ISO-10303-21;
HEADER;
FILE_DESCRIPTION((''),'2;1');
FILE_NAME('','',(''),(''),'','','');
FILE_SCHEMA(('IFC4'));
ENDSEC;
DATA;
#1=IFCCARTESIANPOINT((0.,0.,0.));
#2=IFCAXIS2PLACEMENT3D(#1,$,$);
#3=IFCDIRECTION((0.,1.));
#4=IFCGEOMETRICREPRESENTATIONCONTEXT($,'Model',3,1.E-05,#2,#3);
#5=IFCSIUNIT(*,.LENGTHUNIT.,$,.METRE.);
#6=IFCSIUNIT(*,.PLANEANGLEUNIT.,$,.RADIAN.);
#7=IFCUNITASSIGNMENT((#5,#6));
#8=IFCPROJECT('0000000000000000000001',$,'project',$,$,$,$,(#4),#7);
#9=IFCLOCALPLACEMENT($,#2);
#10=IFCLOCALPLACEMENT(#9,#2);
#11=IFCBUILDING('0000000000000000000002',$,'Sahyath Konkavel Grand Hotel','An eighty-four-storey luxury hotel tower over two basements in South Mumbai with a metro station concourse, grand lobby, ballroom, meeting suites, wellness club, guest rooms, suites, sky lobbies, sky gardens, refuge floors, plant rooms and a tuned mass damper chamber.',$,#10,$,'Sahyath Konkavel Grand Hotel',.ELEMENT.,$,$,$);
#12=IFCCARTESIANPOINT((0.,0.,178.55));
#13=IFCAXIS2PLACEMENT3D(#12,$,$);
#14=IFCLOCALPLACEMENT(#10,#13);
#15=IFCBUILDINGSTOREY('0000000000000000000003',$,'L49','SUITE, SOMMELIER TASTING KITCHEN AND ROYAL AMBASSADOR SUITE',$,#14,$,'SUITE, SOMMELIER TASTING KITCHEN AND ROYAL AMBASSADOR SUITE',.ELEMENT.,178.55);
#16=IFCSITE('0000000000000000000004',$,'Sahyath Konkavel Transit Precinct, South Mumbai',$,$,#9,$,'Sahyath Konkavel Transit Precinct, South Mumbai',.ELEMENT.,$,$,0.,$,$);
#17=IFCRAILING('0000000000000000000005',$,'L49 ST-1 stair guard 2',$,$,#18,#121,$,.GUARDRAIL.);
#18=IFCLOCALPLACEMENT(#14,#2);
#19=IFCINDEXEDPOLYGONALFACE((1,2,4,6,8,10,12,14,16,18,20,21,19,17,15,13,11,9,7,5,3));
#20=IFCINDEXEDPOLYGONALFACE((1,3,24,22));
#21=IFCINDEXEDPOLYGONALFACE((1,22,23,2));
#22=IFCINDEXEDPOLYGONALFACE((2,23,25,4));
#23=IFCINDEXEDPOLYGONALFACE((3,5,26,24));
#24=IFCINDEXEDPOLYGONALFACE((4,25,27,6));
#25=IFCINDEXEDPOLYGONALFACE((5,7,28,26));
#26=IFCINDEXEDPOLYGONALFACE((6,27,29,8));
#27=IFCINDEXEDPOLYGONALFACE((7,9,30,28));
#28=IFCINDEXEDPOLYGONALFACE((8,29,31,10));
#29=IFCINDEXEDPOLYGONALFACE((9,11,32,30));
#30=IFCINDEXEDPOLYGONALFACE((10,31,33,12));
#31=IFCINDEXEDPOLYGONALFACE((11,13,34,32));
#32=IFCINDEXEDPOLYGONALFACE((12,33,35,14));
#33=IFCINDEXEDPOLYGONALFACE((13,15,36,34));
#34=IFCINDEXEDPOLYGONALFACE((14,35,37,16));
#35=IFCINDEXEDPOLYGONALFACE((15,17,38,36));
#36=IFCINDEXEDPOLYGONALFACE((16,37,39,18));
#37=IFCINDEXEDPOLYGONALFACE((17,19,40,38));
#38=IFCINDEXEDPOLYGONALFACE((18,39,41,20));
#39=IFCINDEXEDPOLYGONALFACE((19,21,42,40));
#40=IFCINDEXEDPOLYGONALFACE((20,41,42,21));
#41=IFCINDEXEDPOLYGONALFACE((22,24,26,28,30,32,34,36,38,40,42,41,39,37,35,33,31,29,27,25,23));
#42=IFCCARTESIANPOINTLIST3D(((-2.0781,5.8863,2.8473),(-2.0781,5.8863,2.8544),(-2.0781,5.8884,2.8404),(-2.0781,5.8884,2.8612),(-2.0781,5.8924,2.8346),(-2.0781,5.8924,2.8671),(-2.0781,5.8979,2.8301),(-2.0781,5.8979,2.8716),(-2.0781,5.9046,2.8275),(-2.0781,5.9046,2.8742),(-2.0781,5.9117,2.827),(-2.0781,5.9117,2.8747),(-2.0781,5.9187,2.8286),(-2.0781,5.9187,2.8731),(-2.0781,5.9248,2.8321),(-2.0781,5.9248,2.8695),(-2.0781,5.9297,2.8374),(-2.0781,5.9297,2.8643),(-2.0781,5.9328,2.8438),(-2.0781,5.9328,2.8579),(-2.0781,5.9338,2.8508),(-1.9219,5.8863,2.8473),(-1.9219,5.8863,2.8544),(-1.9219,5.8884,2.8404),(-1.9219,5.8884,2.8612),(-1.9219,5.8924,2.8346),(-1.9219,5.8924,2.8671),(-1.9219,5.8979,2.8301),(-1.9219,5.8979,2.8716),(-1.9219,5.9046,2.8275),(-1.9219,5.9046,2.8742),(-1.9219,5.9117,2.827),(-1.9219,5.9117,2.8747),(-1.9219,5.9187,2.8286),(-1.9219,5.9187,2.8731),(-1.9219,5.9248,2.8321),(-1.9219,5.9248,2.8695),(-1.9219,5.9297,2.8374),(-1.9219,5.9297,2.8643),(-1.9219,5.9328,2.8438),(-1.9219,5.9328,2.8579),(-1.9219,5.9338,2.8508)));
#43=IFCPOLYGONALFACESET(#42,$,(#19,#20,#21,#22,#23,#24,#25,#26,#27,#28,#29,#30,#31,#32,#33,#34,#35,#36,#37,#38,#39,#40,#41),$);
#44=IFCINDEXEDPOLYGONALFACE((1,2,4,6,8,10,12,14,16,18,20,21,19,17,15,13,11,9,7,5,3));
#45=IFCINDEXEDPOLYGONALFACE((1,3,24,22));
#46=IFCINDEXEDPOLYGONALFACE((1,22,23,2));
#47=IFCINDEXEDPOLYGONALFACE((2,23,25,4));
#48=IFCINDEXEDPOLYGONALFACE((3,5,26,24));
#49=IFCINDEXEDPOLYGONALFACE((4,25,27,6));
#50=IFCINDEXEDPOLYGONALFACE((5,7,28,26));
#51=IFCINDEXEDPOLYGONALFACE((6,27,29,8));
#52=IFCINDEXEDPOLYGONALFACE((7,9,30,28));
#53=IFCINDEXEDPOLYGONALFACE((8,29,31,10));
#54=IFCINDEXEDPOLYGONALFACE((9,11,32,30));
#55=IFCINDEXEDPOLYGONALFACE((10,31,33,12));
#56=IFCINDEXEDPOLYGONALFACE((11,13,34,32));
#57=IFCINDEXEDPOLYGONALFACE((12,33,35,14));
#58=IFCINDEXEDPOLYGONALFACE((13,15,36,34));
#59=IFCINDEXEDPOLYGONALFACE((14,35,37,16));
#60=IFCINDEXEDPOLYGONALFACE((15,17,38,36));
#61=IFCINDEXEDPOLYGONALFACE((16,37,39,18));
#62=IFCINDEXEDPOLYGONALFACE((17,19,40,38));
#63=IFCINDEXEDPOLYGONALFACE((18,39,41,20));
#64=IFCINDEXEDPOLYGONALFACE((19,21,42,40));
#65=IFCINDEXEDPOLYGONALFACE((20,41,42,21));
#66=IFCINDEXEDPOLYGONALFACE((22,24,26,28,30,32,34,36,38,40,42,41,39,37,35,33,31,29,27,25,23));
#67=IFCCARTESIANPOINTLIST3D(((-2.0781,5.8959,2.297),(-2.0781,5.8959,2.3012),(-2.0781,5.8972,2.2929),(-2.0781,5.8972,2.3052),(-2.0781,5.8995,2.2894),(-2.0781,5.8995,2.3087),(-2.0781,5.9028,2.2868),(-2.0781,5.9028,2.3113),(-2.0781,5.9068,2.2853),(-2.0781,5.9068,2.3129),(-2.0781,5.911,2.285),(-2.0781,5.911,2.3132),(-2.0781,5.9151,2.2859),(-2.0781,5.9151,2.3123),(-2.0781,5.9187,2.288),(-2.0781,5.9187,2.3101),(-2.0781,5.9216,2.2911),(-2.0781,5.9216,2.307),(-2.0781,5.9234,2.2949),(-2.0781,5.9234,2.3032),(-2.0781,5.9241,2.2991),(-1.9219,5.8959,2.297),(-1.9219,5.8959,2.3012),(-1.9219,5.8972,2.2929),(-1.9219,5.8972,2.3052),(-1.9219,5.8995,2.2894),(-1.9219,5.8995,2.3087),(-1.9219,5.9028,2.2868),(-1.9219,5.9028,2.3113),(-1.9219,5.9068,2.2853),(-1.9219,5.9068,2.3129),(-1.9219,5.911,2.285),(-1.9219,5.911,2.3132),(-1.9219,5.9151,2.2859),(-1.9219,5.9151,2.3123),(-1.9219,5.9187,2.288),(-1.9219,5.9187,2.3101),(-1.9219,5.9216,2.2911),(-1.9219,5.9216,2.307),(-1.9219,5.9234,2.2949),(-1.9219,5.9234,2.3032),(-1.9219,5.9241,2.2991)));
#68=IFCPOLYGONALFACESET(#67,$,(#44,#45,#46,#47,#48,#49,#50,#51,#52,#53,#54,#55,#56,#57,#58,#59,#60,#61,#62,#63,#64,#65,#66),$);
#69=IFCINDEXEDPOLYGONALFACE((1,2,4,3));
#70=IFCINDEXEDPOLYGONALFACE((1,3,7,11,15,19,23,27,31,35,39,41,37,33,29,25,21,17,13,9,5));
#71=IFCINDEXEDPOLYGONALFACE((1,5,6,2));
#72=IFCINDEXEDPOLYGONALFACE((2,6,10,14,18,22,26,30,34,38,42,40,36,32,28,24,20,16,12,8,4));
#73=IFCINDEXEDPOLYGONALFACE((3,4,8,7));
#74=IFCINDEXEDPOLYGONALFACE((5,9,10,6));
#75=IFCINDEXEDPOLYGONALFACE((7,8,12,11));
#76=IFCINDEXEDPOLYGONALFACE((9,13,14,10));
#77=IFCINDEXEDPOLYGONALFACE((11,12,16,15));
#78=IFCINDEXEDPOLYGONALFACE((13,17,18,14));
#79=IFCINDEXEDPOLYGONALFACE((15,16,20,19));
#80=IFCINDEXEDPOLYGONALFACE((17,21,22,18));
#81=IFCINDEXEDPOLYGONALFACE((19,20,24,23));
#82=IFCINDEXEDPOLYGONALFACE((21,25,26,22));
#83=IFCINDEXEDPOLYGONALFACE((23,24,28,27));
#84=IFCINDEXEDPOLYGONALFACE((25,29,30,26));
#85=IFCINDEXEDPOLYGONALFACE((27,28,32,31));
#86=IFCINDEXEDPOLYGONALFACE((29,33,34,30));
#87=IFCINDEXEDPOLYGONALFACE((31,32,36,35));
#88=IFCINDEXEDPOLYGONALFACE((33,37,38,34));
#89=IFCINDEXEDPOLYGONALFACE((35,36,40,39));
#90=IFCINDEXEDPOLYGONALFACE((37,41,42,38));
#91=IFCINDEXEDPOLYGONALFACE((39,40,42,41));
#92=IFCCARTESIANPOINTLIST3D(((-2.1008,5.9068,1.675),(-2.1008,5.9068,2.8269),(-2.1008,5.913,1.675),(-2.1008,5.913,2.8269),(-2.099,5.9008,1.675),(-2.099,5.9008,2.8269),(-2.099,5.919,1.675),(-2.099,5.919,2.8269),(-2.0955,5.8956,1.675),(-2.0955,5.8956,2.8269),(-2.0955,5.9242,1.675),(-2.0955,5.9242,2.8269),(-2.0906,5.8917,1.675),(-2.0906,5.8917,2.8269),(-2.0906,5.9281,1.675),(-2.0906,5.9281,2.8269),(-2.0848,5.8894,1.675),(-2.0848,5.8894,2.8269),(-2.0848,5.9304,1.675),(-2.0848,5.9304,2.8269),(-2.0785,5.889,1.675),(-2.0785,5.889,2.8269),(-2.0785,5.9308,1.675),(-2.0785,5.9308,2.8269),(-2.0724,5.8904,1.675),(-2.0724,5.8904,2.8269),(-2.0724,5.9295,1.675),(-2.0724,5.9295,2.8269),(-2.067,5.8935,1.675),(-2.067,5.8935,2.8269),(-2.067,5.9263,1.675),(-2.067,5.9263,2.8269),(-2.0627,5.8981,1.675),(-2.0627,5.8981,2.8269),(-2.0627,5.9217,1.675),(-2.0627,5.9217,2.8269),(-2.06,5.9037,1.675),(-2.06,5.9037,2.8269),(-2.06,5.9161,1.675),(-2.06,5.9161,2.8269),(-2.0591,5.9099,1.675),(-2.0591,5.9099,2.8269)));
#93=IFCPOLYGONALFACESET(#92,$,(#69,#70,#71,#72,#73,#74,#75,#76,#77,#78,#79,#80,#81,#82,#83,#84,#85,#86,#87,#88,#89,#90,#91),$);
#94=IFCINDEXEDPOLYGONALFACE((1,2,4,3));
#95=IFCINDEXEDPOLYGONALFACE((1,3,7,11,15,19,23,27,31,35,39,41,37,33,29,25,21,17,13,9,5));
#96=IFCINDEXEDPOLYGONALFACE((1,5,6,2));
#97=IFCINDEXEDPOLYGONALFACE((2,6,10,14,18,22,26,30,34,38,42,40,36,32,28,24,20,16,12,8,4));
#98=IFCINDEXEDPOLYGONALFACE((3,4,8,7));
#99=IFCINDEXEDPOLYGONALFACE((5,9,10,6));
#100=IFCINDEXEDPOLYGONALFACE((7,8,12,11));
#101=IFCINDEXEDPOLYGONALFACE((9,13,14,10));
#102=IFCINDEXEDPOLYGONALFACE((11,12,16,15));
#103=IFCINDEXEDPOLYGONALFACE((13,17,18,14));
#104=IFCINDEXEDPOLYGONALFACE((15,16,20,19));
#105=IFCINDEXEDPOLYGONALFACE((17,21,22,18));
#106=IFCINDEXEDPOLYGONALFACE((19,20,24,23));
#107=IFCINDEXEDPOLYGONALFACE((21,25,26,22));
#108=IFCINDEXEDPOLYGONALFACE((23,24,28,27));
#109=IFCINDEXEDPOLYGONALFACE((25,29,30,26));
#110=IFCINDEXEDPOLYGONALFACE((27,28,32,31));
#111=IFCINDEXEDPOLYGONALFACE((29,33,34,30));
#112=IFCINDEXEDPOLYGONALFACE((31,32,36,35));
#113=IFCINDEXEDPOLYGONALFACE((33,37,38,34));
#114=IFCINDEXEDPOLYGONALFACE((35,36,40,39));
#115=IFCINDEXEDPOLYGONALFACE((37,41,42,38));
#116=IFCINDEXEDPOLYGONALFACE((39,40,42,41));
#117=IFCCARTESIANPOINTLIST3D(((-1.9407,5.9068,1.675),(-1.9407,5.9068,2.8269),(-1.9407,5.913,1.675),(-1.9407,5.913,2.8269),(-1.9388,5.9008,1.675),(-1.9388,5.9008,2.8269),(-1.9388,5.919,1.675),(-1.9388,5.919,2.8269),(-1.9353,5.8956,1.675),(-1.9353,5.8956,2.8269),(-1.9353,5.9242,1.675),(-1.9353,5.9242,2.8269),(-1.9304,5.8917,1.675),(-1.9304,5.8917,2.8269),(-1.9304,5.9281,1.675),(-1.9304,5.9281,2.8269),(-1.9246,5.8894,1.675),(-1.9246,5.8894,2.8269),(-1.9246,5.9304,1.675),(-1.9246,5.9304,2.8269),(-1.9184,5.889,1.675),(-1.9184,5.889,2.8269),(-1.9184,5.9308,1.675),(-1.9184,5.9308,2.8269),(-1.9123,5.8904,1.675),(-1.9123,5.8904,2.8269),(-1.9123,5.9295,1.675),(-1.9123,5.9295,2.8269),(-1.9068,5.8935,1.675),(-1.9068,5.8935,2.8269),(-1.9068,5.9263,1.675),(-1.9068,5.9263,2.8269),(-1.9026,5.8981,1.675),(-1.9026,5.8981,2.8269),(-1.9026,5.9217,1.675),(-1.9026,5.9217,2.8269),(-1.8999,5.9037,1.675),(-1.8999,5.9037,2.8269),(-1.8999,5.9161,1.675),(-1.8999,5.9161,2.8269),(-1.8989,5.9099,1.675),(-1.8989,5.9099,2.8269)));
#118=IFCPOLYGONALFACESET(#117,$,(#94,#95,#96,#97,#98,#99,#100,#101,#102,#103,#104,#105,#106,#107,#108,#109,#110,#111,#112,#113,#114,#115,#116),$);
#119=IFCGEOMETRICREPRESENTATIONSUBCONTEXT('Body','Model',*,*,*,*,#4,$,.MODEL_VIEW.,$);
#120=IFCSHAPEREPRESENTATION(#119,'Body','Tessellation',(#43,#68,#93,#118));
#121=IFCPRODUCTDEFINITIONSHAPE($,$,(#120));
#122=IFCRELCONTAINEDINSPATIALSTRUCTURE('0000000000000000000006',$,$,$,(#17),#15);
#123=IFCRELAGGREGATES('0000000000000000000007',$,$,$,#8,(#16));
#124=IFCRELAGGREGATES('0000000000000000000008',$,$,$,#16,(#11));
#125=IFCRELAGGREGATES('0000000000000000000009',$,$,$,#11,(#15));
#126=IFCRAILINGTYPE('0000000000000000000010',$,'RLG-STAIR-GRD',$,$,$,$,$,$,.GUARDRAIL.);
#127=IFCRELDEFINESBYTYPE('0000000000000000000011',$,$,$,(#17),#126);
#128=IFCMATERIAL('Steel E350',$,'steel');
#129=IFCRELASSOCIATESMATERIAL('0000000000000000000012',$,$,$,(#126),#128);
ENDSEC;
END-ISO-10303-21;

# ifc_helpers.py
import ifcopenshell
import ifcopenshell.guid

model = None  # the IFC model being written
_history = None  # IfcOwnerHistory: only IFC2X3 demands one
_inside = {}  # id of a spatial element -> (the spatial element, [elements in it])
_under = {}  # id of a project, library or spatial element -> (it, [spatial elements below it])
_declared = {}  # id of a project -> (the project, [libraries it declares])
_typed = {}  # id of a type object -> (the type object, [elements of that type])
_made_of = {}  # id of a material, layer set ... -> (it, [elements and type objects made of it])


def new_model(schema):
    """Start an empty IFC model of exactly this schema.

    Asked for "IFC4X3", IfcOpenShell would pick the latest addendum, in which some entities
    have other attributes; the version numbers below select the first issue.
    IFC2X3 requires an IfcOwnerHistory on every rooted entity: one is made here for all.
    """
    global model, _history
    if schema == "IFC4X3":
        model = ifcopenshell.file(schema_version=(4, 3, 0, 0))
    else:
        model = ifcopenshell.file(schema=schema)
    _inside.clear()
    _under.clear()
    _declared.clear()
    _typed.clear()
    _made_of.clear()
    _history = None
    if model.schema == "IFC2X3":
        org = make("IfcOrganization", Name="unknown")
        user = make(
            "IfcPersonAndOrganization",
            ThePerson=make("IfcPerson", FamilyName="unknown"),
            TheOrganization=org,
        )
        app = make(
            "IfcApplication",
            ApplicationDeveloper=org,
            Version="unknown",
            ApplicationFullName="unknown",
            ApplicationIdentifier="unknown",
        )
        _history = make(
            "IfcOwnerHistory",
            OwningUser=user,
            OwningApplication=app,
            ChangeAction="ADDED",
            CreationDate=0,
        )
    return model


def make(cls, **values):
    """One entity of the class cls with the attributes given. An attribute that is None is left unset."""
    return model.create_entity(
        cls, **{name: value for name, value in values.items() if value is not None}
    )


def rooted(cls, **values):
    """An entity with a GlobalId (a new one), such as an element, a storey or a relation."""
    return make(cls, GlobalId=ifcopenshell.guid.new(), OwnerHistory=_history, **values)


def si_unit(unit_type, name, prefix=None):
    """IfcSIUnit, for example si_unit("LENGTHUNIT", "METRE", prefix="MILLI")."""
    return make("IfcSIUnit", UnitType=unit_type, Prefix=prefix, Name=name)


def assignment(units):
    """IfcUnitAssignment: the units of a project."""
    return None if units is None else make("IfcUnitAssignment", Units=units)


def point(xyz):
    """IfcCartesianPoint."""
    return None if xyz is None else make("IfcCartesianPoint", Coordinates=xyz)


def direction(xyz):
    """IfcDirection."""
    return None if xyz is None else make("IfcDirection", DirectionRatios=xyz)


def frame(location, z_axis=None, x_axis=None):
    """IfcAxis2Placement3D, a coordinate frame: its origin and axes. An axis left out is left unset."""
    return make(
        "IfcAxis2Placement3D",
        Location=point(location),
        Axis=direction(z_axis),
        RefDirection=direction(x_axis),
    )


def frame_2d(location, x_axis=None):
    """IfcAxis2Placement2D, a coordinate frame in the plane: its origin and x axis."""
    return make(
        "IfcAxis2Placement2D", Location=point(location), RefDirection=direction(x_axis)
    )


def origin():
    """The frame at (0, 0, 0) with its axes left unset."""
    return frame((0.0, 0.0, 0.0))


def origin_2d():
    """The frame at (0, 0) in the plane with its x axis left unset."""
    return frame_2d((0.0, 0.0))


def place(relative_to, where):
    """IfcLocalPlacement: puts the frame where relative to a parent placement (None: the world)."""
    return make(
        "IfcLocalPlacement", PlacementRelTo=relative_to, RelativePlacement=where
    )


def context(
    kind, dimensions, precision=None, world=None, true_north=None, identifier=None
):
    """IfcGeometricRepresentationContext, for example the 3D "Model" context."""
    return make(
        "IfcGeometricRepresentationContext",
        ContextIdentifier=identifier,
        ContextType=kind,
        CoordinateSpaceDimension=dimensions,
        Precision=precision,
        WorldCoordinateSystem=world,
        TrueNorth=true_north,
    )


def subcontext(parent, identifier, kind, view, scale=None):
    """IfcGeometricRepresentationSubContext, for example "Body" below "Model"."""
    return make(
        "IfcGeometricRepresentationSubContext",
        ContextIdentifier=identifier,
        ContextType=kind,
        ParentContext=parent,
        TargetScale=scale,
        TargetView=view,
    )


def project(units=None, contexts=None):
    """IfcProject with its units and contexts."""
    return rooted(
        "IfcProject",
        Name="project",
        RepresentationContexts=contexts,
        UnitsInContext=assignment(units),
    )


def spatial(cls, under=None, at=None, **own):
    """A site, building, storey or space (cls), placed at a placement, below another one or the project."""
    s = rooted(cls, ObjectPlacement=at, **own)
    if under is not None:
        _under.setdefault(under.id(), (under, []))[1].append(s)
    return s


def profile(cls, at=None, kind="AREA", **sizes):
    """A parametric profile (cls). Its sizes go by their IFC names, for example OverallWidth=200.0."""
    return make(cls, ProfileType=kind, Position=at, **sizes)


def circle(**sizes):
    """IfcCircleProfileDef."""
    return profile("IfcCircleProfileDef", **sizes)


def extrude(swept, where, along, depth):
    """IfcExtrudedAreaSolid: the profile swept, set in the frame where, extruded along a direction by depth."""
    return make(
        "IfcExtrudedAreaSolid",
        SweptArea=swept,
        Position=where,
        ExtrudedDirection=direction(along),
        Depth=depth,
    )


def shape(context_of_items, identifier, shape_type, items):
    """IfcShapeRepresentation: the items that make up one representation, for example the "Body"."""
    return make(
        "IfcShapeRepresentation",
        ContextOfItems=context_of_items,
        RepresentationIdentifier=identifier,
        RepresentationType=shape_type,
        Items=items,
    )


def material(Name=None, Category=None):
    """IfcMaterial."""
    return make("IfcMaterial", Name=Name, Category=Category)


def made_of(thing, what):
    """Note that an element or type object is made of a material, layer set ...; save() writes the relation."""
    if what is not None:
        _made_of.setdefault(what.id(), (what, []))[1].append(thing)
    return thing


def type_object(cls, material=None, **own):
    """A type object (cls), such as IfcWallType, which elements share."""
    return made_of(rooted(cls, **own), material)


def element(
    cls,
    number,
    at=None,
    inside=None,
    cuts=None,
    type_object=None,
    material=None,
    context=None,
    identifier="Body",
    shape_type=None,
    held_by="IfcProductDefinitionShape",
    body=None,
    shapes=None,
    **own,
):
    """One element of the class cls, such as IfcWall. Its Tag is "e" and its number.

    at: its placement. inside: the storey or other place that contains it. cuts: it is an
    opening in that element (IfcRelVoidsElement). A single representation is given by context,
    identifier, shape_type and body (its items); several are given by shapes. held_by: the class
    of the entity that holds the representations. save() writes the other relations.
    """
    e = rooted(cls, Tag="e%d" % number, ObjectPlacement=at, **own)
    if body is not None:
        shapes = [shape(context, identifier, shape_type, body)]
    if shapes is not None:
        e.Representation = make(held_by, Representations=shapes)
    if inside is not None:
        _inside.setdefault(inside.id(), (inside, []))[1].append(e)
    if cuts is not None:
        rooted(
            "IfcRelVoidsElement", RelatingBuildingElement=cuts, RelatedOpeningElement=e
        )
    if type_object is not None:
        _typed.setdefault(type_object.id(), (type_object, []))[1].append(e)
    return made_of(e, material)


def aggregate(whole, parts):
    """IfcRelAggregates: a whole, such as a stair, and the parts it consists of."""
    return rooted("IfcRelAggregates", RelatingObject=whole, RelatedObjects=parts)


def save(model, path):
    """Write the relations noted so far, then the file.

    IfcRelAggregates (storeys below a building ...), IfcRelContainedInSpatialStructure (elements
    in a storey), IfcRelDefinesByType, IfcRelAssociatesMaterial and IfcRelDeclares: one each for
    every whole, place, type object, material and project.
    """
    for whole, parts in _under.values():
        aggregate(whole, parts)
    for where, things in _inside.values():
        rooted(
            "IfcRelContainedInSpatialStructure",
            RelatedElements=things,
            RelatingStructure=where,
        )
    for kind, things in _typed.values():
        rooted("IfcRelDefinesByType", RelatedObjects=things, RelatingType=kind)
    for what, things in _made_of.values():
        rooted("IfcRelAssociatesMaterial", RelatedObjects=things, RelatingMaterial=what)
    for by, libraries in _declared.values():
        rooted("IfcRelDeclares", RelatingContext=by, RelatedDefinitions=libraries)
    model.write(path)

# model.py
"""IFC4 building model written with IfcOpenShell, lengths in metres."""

from ifc_helpers import new_model, si_unit, direction, frame, origin, origin_2d, place, context, subcontext, project, spatial, circle, extrude, material, type_object, element, save


model = new_model("IFC4")

# Units and contexts
model_context = context("Model", 3, precision=1e-05, world=origin(), true_north=direction((0.0, 1.0)))
body_context = subcontext(model_context, "Body", "Model", "MODEL_VIEW")
ifc_project = project(units=[si_unit("LENGTHUNIT", "METRE"), si_unit("PLANEANGLEUNIT", "RADIAN")], contexts=[model_context])

# Site, building, storey
site_placement = place(None, origin())
site = spatial("IfcSite", under=ifc_project, at=site_placement, Name="Sahyath Konkavel Transit Precinct, South Mumbai", LongName="Sahyath Konkavel Transit Precinct, South Mumbai", CompositionType="ELEMENT", RefElevation=0.0)
building_placement = place(site_placement, origin())
building = spatial("IfcBuilding", under=site, at=building_placement, Name="Sahyath Konkavel Grand Hotel", Description="An eighty-four-storey luxury hotel tower over two basements in South Mumbai with a metro station concourse, grand lobby, ballroom, meeting suites, wellness club, guest rooms, suites, sky lobbies, sky gardens, refuge floors, plant rooms and a tuned mass damper chamber.", LongName="Sahyath Konkavel Grand Hotel", CompositionType="ELEMENT")
storey_placement = place(building_placement, frame((0.0, 0.0, 178.55)))
storey = spatial("IfcBuildingStorey", under=building, at=storey_placement, Name="L49", Description="SUITE, SOMMELIER TASTING KITCHEN AND ROYAL AMBASSADOR SUITE", LongName="SUITE, SOMMELIER TASTING KITCHEN AND ROYAL AMBASSADOR SUITE", CompositionType="ELEMENT", Elevation=178.55)

# Shared definitions
ifc_material_1 = material(Name="Steel E350", Category="steel")

# Railing
railing_type_1 = type_object("IfcRailingType", Name="RLG-STAIR-GRD", PredefinedType="GUARDRAIL", material=ifc_material_1)
railing_1_placement = place(storey_placement, frame((-2.0801, 5.9099, 1.675)))
element("IfcRailing", 1, at=railing_1_placement, inside=storey, type_object=railing_type_1, Name="L49 ST-1 stair guard 2", PredefinedType="GUARDRAIL", context=body_context, shape_type="SweptSolid", body=[
    extrude(circle(Radius=0.0239, at=origin_2d()), frame((0.002, 0.0, 1.1758), z_axis=(1.0, 0.0, 0.0), x_axis=(0.0, 1.0, 0.0)), (0.0, 0.0, 1.0), 0.1562),
    extrude(circle(Radius=0.0142, at=origin_2d()), frame((0.002, 0.0, 0.624), z_axis=(1.0, 0.0, 0.0), x_axis=(0.0, 1.0, 0.0)), (0.0, 0.0, 1.0), 0.1562),
    extrude(circle(Radius=0.021, at=origin_2d()), origin(), (0.0, 0.0, 1.0), 1.1519),
    extrude(circle(Radius=0.021, at=origin_2d()), frame((0.1602, 0.0, 0.0)), (0.0, 0.0, 1.0), 1.1519),
])

save(model, "model.ifc")
